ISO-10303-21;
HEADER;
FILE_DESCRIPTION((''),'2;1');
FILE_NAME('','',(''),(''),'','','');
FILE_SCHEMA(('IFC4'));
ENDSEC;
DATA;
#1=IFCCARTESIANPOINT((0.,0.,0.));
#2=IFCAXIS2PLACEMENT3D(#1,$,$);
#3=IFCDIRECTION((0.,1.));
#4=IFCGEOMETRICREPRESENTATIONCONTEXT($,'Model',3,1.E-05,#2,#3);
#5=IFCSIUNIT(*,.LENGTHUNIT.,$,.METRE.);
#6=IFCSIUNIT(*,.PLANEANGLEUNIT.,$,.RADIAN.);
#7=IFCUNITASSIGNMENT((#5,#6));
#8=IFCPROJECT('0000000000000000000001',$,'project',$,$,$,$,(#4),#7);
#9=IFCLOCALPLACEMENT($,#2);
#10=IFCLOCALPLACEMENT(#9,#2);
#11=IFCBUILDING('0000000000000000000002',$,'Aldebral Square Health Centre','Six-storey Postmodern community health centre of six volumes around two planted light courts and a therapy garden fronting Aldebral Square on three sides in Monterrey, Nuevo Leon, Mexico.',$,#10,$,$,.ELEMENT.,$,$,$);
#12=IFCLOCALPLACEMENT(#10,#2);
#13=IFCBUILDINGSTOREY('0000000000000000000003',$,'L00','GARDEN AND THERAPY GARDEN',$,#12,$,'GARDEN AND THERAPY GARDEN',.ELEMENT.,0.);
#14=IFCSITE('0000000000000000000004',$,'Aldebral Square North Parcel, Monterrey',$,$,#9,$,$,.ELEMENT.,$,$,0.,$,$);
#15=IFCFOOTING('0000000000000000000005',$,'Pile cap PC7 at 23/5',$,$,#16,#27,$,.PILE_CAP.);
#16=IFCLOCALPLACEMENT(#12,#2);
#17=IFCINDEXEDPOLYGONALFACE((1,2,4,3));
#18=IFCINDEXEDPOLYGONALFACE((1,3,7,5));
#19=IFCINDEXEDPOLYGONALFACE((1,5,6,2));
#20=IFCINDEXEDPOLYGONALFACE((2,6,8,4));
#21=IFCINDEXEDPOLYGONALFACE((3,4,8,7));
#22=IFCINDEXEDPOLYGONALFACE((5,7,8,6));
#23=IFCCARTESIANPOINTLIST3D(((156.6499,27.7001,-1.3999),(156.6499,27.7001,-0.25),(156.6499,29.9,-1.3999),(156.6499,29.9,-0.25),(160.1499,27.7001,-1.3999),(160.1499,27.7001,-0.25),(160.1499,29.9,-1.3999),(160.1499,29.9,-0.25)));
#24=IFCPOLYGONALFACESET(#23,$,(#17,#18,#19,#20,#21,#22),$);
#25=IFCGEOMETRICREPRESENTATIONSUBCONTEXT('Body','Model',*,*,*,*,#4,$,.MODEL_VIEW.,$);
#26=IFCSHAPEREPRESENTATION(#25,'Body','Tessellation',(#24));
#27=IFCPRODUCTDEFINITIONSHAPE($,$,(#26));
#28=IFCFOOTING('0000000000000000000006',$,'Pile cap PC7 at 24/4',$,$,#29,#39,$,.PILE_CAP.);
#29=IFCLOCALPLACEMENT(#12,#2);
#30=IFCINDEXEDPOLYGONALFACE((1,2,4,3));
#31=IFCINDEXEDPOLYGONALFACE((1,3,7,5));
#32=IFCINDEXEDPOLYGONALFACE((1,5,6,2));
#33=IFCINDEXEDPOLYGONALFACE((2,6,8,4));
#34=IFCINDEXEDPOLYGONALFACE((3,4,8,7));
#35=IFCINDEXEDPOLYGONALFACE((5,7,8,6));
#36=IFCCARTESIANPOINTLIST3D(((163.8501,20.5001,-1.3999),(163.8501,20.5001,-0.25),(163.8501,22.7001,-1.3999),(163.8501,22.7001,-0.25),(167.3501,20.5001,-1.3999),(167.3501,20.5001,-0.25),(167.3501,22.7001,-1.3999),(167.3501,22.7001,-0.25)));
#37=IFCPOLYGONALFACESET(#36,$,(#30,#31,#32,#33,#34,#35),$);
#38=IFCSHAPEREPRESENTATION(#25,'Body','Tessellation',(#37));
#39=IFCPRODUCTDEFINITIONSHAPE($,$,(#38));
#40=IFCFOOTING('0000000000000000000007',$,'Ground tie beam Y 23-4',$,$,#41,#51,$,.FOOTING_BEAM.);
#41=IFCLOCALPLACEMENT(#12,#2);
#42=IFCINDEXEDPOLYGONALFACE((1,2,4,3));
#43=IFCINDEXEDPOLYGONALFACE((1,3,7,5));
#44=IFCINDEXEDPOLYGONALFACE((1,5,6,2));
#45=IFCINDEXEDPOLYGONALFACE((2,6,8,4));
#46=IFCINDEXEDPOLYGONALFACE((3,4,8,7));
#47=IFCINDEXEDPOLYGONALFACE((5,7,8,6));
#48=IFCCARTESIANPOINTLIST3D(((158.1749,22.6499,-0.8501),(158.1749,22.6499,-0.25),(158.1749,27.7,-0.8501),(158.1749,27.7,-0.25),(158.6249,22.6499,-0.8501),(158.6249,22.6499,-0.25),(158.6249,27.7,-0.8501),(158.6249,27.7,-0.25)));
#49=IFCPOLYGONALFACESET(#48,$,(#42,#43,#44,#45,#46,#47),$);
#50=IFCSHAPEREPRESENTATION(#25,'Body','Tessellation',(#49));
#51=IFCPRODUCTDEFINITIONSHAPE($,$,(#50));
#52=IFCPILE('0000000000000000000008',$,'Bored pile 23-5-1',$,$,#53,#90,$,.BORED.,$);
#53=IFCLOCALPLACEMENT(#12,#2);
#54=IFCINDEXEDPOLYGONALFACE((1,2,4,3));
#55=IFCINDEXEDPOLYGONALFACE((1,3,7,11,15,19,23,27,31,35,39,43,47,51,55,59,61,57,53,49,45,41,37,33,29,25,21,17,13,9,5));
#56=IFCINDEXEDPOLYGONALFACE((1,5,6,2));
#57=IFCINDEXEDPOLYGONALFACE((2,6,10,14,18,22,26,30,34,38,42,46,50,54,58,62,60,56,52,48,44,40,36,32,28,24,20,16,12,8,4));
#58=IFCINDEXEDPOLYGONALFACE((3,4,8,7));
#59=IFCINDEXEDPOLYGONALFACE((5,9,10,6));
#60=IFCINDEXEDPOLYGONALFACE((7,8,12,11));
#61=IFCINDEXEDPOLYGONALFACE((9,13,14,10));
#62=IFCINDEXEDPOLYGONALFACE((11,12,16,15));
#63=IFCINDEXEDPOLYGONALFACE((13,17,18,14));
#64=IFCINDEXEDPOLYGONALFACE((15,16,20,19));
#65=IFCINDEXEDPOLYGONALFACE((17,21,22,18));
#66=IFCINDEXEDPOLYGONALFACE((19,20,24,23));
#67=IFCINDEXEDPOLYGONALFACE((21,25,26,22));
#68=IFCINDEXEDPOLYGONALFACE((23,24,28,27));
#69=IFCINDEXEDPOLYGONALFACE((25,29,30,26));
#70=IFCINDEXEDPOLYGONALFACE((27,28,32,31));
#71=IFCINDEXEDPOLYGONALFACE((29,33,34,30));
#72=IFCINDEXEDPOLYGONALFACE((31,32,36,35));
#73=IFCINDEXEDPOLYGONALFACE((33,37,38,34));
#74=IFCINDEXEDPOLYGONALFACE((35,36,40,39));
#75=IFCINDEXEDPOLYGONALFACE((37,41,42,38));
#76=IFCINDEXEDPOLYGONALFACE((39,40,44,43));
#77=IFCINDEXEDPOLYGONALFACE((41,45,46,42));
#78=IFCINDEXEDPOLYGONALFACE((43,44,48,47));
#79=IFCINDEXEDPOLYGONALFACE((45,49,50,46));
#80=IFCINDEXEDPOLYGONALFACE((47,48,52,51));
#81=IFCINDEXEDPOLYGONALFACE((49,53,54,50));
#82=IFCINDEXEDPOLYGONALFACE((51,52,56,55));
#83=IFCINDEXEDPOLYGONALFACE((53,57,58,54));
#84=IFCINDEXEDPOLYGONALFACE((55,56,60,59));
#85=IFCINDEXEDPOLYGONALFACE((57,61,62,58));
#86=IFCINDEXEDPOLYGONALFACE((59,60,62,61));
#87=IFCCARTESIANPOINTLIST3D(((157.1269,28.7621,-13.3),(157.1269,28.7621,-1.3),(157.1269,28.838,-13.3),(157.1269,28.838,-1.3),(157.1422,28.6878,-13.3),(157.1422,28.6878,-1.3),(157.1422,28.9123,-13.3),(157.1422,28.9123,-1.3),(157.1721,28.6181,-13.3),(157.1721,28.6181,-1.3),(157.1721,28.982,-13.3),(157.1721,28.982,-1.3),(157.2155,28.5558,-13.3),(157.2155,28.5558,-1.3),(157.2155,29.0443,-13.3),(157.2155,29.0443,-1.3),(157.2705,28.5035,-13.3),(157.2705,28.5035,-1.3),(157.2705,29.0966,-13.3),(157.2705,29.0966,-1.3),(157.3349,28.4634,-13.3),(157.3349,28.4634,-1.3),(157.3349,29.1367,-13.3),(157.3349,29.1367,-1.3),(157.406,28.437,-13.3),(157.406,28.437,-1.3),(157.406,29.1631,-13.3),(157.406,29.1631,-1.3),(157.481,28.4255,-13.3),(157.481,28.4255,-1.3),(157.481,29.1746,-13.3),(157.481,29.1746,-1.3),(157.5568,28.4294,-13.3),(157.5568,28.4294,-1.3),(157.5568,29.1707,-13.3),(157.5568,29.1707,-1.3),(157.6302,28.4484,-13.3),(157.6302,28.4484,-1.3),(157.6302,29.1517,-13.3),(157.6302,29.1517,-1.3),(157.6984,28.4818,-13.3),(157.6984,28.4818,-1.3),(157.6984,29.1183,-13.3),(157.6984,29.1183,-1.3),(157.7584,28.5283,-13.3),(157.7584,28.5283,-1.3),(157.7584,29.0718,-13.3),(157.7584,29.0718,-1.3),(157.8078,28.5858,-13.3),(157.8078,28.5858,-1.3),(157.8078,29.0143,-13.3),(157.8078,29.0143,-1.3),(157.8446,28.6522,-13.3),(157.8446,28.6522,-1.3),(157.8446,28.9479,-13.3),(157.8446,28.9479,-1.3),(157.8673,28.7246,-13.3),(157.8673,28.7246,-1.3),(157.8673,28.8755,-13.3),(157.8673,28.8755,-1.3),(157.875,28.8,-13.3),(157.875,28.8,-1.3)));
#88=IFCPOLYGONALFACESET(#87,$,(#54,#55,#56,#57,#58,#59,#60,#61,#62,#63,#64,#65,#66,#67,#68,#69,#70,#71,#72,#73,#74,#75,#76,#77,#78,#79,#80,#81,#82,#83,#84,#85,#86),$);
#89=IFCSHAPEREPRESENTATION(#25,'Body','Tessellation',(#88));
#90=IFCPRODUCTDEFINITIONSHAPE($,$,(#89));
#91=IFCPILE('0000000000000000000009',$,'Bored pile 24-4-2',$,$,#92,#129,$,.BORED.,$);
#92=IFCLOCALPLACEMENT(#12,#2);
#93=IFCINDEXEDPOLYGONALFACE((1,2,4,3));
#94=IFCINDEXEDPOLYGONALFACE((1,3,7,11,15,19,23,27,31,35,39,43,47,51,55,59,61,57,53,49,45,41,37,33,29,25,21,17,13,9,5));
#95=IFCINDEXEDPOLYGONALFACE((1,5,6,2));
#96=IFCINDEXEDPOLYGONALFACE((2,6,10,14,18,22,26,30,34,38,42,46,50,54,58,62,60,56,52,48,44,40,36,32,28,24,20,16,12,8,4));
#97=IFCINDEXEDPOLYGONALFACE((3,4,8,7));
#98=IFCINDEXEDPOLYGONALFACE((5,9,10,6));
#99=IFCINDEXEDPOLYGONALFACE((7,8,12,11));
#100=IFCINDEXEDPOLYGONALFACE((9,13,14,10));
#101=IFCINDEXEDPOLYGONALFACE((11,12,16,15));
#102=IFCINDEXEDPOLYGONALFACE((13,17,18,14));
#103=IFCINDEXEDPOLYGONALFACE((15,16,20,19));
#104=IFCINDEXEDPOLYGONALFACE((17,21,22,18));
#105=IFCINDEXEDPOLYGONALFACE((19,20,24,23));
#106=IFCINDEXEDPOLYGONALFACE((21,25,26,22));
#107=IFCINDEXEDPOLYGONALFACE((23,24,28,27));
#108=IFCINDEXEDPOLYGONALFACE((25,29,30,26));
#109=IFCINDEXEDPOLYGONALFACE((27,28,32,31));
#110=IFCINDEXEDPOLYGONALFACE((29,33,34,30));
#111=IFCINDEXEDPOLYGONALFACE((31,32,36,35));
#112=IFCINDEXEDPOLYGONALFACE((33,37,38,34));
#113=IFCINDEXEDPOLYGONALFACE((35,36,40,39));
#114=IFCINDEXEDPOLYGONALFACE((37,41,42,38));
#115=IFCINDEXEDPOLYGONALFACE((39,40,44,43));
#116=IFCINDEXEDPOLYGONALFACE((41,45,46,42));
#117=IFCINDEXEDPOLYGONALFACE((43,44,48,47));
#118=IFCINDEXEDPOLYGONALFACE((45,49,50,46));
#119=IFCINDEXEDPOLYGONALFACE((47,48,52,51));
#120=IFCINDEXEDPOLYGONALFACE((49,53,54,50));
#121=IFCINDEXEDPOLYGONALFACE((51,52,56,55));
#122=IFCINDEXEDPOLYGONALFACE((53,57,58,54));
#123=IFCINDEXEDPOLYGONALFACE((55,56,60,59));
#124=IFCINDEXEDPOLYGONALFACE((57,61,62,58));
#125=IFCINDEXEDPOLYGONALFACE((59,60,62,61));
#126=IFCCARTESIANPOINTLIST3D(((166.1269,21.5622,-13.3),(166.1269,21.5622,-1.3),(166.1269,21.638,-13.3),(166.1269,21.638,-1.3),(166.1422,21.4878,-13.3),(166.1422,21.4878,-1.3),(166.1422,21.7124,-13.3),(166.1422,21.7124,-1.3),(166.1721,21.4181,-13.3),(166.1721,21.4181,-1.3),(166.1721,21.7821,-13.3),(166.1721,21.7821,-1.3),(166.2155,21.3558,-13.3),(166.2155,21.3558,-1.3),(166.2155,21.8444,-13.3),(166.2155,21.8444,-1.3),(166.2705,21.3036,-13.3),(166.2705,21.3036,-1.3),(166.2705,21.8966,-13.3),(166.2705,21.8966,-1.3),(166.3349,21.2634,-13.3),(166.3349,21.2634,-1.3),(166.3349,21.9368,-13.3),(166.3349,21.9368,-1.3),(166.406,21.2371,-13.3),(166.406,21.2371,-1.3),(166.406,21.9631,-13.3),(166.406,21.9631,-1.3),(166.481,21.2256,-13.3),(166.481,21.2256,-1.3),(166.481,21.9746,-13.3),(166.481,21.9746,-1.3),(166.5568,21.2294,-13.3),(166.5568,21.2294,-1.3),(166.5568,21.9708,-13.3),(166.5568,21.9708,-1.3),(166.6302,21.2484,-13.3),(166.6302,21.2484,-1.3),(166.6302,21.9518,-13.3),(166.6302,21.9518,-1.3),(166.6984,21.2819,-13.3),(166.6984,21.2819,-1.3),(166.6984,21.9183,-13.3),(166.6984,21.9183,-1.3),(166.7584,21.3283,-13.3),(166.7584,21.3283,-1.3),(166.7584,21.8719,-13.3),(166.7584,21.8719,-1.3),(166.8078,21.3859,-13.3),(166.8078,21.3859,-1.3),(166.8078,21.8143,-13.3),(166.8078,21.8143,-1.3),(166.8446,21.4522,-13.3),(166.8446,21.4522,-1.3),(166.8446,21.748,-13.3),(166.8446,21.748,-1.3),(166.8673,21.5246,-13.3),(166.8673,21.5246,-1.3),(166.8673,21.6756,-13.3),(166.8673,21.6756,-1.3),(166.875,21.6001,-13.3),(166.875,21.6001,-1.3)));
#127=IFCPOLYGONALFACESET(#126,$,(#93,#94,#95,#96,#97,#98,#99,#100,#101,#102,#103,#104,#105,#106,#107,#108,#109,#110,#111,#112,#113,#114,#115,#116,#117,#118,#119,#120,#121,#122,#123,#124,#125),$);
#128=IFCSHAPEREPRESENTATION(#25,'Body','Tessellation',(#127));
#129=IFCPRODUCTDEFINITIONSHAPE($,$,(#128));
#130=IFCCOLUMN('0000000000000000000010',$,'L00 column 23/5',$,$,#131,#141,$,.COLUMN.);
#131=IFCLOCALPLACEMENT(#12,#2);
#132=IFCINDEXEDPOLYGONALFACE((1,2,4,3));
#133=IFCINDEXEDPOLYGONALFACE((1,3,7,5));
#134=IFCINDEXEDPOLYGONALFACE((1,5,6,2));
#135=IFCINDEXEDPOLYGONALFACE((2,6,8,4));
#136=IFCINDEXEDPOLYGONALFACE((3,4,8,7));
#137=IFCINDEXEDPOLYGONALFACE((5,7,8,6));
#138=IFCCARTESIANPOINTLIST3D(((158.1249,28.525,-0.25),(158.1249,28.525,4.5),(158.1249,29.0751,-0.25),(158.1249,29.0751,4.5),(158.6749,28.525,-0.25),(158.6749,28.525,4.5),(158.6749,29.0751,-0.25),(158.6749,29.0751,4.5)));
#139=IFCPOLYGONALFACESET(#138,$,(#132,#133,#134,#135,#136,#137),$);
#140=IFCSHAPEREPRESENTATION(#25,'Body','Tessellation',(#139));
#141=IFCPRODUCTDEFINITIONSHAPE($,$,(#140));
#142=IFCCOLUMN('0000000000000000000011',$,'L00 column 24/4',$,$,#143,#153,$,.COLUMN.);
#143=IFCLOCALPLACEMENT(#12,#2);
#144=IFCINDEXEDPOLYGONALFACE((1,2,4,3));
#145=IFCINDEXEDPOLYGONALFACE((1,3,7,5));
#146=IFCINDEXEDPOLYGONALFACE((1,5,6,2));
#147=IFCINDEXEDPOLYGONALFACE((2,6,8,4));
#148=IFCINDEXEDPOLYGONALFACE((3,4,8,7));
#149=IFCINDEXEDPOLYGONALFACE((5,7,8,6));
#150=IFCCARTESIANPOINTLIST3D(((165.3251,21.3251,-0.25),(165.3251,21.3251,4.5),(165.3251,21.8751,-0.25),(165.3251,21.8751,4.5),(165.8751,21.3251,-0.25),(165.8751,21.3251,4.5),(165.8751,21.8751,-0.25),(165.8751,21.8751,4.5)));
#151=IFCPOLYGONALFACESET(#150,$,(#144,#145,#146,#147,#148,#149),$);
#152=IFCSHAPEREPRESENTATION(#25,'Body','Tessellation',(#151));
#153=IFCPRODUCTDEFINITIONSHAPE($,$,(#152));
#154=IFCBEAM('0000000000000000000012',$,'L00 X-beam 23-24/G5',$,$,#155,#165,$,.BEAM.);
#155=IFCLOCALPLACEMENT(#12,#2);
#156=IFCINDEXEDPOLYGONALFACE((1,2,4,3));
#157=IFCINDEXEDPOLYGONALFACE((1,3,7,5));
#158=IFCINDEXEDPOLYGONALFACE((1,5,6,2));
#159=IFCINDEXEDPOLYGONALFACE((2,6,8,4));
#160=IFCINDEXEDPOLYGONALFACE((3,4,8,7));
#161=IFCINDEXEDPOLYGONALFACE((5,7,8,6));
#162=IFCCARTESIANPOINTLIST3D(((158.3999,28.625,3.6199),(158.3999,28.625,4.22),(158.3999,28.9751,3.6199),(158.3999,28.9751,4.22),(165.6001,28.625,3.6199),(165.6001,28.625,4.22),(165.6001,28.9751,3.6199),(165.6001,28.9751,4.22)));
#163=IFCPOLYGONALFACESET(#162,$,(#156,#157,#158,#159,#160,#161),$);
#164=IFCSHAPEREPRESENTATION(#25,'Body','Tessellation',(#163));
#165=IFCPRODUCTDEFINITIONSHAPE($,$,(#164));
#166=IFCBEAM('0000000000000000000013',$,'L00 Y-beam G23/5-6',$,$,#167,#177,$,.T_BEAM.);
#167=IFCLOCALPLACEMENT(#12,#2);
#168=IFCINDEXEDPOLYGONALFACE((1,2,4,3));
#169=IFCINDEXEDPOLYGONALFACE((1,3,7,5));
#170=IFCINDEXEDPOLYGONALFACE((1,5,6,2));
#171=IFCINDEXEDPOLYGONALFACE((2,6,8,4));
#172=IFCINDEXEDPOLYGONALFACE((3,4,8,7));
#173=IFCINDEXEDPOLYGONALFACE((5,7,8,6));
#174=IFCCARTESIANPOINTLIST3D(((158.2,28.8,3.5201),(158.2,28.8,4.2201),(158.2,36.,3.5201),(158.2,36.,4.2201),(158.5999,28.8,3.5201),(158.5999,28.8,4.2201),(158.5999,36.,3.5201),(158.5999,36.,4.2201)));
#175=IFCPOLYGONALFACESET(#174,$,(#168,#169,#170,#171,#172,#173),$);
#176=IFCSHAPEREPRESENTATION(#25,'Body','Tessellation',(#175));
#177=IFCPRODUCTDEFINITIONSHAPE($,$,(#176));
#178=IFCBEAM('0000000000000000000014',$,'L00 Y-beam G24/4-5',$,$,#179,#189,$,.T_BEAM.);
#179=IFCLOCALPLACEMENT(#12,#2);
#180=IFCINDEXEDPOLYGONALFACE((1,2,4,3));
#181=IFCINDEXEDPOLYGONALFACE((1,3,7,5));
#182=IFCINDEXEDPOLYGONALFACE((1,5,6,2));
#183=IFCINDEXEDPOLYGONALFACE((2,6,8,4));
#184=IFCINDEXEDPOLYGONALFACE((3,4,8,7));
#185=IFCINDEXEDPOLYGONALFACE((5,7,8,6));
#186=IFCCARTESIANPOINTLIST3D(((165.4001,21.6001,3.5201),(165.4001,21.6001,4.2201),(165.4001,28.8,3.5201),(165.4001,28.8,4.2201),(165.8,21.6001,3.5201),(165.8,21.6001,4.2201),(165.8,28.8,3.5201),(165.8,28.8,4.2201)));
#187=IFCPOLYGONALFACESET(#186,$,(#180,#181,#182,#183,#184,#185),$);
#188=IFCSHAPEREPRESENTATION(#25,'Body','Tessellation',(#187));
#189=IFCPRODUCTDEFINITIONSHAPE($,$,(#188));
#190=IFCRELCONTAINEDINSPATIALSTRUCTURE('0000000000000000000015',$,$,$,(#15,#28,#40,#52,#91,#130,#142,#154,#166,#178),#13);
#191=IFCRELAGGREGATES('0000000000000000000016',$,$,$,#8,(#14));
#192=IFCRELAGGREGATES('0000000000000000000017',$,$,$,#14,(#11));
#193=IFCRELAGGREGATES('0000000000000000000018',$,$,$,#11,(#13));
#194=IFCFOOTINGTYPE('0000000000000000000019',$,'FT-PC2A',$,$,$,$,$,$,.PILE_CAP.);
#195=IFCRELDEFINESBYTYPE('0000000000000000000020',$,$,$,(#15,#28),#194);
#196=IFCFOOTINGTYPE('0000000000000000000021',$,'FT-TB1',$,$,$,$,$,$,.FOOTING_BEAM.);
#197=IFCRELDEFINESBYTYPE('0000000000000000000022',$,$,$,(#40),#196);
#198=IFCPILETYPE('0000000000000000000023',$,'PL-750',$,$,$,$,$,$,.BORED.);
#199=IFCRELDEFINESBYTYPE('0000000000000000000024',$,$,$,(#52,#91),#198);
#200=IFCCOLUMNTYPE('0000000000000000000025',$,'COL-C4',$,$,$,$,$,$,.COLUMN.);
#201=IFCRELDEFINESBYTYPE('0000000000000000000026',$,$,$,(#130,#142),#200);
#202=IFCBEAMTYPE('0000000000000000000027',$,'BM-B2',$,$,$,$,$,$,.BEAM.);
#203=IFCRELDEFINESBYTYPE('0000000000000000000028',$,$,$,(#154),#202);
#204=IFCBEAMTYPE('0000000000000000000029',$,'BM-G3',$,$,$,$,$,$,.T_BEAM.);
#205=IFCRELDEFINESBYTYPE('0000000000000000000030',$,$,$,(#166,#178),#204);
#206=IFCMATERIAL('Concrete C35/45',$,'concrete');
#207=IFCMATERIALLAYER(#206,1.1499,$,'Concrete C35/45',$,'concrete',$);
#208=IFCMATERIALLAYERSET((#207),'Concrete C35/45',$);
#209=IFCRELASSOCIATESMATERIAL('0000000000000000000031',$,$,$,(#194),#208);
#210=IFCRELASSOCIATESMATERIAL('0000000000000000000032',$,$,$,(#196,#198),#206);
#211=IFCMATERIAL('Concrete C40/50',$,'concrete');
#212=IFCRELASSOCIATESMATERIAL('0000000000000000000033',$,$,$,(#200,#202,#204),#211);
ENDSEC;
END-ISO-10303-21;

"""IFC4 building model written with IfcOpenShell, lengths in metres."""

from ifc_helpers import new_model, si_unit, direction, frame, origin, origin_2d, place, context, subcontext, project, spatial, rectangle, circle, extrude, material, layer, layer_set, material_profile, profile_set, type_object, element, save


model = new_model("IFC4")

# Units and contexts
model_context = context("Model", 3, precision=1e-05, world=origin(), true_north=direction((0.0, 1.0)))
body_context = subcontext(model_context, "Body", "Model", "MODEL_VIEW")
ifc_project = project(units=[si_unit("LENGTHUNIT", "METRE"), si_unit("PLANEANGLEUNIT", "RADIAN")], contexts=[model_context])

# Site, building, storey
site_placement = place(None, origin())
site = spatial("IfcSite", under=ifc_project, at=site_placement, Name="Aldebral Square North Parcel, Monterrey", CompositionType="ELEMENT", RefElevation=0.0)
building_placement = place(site_placement, origin())
building = spatial("IfcBuilding", under=site, at=building_placement, Name="Aldebral Square Health Centre", Description="Six-storey Postmodern community health centre of six volumes around two planted light courts and a therapy garden fronting Aldebral Square on three sides in Monterrey, Nuevo Leon, Mexico.", CompositionType="ELEMENT")
storey_placement = place(building_placement, origin())
storey = spatial("IfcBuildingStorey", under=building, at=storey_placement, Name="L00", Description="GARDEN AND THERAPY GARDEN", LongName="GARDEN AND THERAPY GARDEN", CompositionType="ELEMENT", Elevation=0.0)

# Footings
ifc_material_1 = material(Name="Concrete C35/45", Category="concrete")
ifc_layer_1 = layer(ifc_material_1, 1.1499, Name="Concrete C35/45", Category="concrete")
ifc_layer_set_1 = layer_set([ifc_layer_1], Name="Concrete C35/45")
footing_type_1 = type_object("IfcFootingType", Name="FT-PC2A", PredefinedType="PILE_CAP", material=ifc_layer_set_1)
for number, where, z_axis, x_axis, name in (
    (1, (158.3999, 28.8, -1.3999), (0.0, 0.0, 1.0), (1.0, 0.0, 0.0), "Pile cap PC7 at 23/5"),
    (2, (165.6001, 21.6001, -1.3999), (0.0, 0.0, 1.0), (1.0, 0.0, 0.0), "Pile cap PC7 at 24/4"),
):
    element("IfcFooting", number, at=place(storey_placement, frame(where, z_axis=z_axis, x_axis=x_axis)), inside=storey, type_object=footing_type_1, Name=name, PredefinedType="PILE_CAP", context=body_context, shape_type="SweptSolid", body=[
        extrude(rectangle(XDim=3.5, YDim=2.2, at=origin_2d()), origin(), (0.0, 0.0, 1.0), 1.1499),
    ])
ifc_material_profile_1 = material_profile(ifc_material_1, rectangle(XDim=0.45, YDim=0.6001, at=origin_2d()), Name="RC 450x600")
ifc_profile_set_1 = profile_set([ifc_material_profile_1], Name="Concrete C35/45")
footing_type_2 = type_object("IfcFootingType", Name="FT-TB1", PredefinedType="FOOTING_BEAM", material=ifc_profile_set_1)
footing_placement = place(storey_placement, frame((158.3999, 22.6499, -0.55), z_axis=(0.0, 1.0, 0.0), x_axis=(-1.0, 0.0, 0.0)))
element("IfcFooting", 3, at=footing_placement, inside=storey, type_object=footing_type_2, Name="Ground tie beam Y 23-4", PredefinedType="FOOTING_BEAM", context=body_context, shape_type="SweptSolid", body=[
    extrude(rectangle(XDim=0.45, YDim=0.6001, at=origin_2d()), origin(), (0.0, 0.0, 1.0), 5.05),
])

# Piles
ifc_material_profile_2 = material_profile(ifc_material_1, circle(Radius=0.375, at=origin_2d()), Name="PILE D750")
ifc_profile_set_2 = profile_set([ifc_material_profile_2], Name="Concrete C35/45")
pile_type = type_object("IfcPileType", Name="PL-750", PredefinedType="BORED", material=ifc_profile_set_2)
for number, where, z_axis, x_axis, name in (
    (4, (157.5, 28.8, -1.3), (0.0, 0.0, -1.0), (1.0, 0.0, 0.0), "Bored pile 23-5-1"),
    (5, (166.5, 21.6001, -1.3), (0.0, 0.0, -1.0), (1.0, 0.0, 0.0), "Bored pile 24-4-2"),
):
    element("IfcPile", number, at=place(storey_placement, frame(where, z_axis=z_axis, x_axis=x_axis)), inside=storey, type_object=pile_type, Name=name, PredefinedType="BORED", context=body_context, shape_type="SweptSolid", body=[
        extrude(circle(Radius=0.375, at=origin_2d()), origin(), (0.0, 0.0, 1.0), 12.0),
    ])

# Columns
ifc_material_2 = material(Name="Concrete C40/50", Category="concrete")
ifc_material_profile_3 = material_profile(ifc_material_2, rectangle(XDim=0.55, YDim=0.55, at=origin_2d()), Name="RC 550x550")
ifc_profile_set_3 = profile_set([ifc_material_profile_3], Name="Concrete C40/50")
column_type = type_object("IfcColumnType", Name="COL-C4", PredefinedType="COLUMN", material=ifc_profile_set_3)
for number, where, z_axis, x_axis, name in (
    (6, (158.3999, 28.8, -0.25), (0.0, 0.0, 1.0), (1.0, 0.0, 0.0), "L00 column 23/5"),
    (7, (165.6001, 21.6001, -0.25), (0.0, 0.0, 1.0), (1.0, 0.0, 0.0), "L00 column 24/4"),
):
    element("IfcColumn", number, at=place(storey_placement, frame(where, z_axis=z_axis, x_axis=x_axis)), inside=storey, type_object=column_type, Name=name, PredefinedType="COLUMN", context=body_context, shape_type="SweptSolid", body=[
        extrude(rectangle(XDim=0.55, YDim=0.55, at=origin_2d()), origin(), (0.0, 0.0, 1.0), 4.75),
    ])

# Beams
ifc_material_profile_4 = material_profile(ifc_material_2, rectangle(XDim=0.3501, YDim=0.6001, at=origin_2d()), Name="RC 350x600")
ifc_profile_set_4 = profile_set([ifc_material_profile_4], Name="Concrete C40/50")
beam_type_1 = type_object("IfcBeamType", Name="BM-B2", PredefinedType="BEAM", material=ifc_profile_set_4)
beam_placement = place(storey_placement, frame((158.3999, 28.8, 3.9199), z_axis=(1.0, 0.0, 0.0), x_axis=(0.0, 1.0, 0.0)))
element("IfcBeam", 8, at=beam_placement, inside=storey, type_object=beam_type_1, Name="L00 X-beam 23-24/G5", PredefinedType="BEAM", context=body_context, shape_type="SweptSolid", body=[
    extrude(rectangle(XDim=0.3501, YDim=0.6001, at=origin_2d()), origin(), (0.0, 0.0, 1.0), 7.2002),
])
ifc_material_profile_5 = material_profile(ifc_material_2, rectangle(XDim=0.3999, YDim=0.7, at=origin_2d()), Name="RC 400x700")
ifc_profile_set_5 = profile_set([ifc_material_profile_5], Name="Concrete C40/50")
beam_type_2 = type_object("IfcBeamType", Name="BM-G3", PredefinedType="T_BEAM", material=ifc_profile_set_5)
for number, where, z_axis, x_axis, name in (
    (9, (158.3999, 28.8, 3.8701), (0.0, 1.0, 0.0), (-1.0, 0.0, 0.0), "L00 Y-beam G23/5-6"),
    (10, (165.6001, 21.6001, 3.8701), (0.0, 1.0, 0.0), (-1.0, 0.0, 0.0), "L00 Y-beam G24/4-5"),
):
    element("IfcBeam", number, at=place(storey_placement, frame(where, z_axis=z_axis, x_axis=x_axis)), inside=storey, type_object=beam_type_2, Name=name, PredefinedType="T_BEAM", context=body_context, shape_type="SweptSolid", body=[
        extrude(rectangle(XDim=0.3999, YDim=0.7, at=origin_2d()), origin(), (0.0, 0.0, 1.0), 7.2),
    ])

save(model, "model.ifc")
